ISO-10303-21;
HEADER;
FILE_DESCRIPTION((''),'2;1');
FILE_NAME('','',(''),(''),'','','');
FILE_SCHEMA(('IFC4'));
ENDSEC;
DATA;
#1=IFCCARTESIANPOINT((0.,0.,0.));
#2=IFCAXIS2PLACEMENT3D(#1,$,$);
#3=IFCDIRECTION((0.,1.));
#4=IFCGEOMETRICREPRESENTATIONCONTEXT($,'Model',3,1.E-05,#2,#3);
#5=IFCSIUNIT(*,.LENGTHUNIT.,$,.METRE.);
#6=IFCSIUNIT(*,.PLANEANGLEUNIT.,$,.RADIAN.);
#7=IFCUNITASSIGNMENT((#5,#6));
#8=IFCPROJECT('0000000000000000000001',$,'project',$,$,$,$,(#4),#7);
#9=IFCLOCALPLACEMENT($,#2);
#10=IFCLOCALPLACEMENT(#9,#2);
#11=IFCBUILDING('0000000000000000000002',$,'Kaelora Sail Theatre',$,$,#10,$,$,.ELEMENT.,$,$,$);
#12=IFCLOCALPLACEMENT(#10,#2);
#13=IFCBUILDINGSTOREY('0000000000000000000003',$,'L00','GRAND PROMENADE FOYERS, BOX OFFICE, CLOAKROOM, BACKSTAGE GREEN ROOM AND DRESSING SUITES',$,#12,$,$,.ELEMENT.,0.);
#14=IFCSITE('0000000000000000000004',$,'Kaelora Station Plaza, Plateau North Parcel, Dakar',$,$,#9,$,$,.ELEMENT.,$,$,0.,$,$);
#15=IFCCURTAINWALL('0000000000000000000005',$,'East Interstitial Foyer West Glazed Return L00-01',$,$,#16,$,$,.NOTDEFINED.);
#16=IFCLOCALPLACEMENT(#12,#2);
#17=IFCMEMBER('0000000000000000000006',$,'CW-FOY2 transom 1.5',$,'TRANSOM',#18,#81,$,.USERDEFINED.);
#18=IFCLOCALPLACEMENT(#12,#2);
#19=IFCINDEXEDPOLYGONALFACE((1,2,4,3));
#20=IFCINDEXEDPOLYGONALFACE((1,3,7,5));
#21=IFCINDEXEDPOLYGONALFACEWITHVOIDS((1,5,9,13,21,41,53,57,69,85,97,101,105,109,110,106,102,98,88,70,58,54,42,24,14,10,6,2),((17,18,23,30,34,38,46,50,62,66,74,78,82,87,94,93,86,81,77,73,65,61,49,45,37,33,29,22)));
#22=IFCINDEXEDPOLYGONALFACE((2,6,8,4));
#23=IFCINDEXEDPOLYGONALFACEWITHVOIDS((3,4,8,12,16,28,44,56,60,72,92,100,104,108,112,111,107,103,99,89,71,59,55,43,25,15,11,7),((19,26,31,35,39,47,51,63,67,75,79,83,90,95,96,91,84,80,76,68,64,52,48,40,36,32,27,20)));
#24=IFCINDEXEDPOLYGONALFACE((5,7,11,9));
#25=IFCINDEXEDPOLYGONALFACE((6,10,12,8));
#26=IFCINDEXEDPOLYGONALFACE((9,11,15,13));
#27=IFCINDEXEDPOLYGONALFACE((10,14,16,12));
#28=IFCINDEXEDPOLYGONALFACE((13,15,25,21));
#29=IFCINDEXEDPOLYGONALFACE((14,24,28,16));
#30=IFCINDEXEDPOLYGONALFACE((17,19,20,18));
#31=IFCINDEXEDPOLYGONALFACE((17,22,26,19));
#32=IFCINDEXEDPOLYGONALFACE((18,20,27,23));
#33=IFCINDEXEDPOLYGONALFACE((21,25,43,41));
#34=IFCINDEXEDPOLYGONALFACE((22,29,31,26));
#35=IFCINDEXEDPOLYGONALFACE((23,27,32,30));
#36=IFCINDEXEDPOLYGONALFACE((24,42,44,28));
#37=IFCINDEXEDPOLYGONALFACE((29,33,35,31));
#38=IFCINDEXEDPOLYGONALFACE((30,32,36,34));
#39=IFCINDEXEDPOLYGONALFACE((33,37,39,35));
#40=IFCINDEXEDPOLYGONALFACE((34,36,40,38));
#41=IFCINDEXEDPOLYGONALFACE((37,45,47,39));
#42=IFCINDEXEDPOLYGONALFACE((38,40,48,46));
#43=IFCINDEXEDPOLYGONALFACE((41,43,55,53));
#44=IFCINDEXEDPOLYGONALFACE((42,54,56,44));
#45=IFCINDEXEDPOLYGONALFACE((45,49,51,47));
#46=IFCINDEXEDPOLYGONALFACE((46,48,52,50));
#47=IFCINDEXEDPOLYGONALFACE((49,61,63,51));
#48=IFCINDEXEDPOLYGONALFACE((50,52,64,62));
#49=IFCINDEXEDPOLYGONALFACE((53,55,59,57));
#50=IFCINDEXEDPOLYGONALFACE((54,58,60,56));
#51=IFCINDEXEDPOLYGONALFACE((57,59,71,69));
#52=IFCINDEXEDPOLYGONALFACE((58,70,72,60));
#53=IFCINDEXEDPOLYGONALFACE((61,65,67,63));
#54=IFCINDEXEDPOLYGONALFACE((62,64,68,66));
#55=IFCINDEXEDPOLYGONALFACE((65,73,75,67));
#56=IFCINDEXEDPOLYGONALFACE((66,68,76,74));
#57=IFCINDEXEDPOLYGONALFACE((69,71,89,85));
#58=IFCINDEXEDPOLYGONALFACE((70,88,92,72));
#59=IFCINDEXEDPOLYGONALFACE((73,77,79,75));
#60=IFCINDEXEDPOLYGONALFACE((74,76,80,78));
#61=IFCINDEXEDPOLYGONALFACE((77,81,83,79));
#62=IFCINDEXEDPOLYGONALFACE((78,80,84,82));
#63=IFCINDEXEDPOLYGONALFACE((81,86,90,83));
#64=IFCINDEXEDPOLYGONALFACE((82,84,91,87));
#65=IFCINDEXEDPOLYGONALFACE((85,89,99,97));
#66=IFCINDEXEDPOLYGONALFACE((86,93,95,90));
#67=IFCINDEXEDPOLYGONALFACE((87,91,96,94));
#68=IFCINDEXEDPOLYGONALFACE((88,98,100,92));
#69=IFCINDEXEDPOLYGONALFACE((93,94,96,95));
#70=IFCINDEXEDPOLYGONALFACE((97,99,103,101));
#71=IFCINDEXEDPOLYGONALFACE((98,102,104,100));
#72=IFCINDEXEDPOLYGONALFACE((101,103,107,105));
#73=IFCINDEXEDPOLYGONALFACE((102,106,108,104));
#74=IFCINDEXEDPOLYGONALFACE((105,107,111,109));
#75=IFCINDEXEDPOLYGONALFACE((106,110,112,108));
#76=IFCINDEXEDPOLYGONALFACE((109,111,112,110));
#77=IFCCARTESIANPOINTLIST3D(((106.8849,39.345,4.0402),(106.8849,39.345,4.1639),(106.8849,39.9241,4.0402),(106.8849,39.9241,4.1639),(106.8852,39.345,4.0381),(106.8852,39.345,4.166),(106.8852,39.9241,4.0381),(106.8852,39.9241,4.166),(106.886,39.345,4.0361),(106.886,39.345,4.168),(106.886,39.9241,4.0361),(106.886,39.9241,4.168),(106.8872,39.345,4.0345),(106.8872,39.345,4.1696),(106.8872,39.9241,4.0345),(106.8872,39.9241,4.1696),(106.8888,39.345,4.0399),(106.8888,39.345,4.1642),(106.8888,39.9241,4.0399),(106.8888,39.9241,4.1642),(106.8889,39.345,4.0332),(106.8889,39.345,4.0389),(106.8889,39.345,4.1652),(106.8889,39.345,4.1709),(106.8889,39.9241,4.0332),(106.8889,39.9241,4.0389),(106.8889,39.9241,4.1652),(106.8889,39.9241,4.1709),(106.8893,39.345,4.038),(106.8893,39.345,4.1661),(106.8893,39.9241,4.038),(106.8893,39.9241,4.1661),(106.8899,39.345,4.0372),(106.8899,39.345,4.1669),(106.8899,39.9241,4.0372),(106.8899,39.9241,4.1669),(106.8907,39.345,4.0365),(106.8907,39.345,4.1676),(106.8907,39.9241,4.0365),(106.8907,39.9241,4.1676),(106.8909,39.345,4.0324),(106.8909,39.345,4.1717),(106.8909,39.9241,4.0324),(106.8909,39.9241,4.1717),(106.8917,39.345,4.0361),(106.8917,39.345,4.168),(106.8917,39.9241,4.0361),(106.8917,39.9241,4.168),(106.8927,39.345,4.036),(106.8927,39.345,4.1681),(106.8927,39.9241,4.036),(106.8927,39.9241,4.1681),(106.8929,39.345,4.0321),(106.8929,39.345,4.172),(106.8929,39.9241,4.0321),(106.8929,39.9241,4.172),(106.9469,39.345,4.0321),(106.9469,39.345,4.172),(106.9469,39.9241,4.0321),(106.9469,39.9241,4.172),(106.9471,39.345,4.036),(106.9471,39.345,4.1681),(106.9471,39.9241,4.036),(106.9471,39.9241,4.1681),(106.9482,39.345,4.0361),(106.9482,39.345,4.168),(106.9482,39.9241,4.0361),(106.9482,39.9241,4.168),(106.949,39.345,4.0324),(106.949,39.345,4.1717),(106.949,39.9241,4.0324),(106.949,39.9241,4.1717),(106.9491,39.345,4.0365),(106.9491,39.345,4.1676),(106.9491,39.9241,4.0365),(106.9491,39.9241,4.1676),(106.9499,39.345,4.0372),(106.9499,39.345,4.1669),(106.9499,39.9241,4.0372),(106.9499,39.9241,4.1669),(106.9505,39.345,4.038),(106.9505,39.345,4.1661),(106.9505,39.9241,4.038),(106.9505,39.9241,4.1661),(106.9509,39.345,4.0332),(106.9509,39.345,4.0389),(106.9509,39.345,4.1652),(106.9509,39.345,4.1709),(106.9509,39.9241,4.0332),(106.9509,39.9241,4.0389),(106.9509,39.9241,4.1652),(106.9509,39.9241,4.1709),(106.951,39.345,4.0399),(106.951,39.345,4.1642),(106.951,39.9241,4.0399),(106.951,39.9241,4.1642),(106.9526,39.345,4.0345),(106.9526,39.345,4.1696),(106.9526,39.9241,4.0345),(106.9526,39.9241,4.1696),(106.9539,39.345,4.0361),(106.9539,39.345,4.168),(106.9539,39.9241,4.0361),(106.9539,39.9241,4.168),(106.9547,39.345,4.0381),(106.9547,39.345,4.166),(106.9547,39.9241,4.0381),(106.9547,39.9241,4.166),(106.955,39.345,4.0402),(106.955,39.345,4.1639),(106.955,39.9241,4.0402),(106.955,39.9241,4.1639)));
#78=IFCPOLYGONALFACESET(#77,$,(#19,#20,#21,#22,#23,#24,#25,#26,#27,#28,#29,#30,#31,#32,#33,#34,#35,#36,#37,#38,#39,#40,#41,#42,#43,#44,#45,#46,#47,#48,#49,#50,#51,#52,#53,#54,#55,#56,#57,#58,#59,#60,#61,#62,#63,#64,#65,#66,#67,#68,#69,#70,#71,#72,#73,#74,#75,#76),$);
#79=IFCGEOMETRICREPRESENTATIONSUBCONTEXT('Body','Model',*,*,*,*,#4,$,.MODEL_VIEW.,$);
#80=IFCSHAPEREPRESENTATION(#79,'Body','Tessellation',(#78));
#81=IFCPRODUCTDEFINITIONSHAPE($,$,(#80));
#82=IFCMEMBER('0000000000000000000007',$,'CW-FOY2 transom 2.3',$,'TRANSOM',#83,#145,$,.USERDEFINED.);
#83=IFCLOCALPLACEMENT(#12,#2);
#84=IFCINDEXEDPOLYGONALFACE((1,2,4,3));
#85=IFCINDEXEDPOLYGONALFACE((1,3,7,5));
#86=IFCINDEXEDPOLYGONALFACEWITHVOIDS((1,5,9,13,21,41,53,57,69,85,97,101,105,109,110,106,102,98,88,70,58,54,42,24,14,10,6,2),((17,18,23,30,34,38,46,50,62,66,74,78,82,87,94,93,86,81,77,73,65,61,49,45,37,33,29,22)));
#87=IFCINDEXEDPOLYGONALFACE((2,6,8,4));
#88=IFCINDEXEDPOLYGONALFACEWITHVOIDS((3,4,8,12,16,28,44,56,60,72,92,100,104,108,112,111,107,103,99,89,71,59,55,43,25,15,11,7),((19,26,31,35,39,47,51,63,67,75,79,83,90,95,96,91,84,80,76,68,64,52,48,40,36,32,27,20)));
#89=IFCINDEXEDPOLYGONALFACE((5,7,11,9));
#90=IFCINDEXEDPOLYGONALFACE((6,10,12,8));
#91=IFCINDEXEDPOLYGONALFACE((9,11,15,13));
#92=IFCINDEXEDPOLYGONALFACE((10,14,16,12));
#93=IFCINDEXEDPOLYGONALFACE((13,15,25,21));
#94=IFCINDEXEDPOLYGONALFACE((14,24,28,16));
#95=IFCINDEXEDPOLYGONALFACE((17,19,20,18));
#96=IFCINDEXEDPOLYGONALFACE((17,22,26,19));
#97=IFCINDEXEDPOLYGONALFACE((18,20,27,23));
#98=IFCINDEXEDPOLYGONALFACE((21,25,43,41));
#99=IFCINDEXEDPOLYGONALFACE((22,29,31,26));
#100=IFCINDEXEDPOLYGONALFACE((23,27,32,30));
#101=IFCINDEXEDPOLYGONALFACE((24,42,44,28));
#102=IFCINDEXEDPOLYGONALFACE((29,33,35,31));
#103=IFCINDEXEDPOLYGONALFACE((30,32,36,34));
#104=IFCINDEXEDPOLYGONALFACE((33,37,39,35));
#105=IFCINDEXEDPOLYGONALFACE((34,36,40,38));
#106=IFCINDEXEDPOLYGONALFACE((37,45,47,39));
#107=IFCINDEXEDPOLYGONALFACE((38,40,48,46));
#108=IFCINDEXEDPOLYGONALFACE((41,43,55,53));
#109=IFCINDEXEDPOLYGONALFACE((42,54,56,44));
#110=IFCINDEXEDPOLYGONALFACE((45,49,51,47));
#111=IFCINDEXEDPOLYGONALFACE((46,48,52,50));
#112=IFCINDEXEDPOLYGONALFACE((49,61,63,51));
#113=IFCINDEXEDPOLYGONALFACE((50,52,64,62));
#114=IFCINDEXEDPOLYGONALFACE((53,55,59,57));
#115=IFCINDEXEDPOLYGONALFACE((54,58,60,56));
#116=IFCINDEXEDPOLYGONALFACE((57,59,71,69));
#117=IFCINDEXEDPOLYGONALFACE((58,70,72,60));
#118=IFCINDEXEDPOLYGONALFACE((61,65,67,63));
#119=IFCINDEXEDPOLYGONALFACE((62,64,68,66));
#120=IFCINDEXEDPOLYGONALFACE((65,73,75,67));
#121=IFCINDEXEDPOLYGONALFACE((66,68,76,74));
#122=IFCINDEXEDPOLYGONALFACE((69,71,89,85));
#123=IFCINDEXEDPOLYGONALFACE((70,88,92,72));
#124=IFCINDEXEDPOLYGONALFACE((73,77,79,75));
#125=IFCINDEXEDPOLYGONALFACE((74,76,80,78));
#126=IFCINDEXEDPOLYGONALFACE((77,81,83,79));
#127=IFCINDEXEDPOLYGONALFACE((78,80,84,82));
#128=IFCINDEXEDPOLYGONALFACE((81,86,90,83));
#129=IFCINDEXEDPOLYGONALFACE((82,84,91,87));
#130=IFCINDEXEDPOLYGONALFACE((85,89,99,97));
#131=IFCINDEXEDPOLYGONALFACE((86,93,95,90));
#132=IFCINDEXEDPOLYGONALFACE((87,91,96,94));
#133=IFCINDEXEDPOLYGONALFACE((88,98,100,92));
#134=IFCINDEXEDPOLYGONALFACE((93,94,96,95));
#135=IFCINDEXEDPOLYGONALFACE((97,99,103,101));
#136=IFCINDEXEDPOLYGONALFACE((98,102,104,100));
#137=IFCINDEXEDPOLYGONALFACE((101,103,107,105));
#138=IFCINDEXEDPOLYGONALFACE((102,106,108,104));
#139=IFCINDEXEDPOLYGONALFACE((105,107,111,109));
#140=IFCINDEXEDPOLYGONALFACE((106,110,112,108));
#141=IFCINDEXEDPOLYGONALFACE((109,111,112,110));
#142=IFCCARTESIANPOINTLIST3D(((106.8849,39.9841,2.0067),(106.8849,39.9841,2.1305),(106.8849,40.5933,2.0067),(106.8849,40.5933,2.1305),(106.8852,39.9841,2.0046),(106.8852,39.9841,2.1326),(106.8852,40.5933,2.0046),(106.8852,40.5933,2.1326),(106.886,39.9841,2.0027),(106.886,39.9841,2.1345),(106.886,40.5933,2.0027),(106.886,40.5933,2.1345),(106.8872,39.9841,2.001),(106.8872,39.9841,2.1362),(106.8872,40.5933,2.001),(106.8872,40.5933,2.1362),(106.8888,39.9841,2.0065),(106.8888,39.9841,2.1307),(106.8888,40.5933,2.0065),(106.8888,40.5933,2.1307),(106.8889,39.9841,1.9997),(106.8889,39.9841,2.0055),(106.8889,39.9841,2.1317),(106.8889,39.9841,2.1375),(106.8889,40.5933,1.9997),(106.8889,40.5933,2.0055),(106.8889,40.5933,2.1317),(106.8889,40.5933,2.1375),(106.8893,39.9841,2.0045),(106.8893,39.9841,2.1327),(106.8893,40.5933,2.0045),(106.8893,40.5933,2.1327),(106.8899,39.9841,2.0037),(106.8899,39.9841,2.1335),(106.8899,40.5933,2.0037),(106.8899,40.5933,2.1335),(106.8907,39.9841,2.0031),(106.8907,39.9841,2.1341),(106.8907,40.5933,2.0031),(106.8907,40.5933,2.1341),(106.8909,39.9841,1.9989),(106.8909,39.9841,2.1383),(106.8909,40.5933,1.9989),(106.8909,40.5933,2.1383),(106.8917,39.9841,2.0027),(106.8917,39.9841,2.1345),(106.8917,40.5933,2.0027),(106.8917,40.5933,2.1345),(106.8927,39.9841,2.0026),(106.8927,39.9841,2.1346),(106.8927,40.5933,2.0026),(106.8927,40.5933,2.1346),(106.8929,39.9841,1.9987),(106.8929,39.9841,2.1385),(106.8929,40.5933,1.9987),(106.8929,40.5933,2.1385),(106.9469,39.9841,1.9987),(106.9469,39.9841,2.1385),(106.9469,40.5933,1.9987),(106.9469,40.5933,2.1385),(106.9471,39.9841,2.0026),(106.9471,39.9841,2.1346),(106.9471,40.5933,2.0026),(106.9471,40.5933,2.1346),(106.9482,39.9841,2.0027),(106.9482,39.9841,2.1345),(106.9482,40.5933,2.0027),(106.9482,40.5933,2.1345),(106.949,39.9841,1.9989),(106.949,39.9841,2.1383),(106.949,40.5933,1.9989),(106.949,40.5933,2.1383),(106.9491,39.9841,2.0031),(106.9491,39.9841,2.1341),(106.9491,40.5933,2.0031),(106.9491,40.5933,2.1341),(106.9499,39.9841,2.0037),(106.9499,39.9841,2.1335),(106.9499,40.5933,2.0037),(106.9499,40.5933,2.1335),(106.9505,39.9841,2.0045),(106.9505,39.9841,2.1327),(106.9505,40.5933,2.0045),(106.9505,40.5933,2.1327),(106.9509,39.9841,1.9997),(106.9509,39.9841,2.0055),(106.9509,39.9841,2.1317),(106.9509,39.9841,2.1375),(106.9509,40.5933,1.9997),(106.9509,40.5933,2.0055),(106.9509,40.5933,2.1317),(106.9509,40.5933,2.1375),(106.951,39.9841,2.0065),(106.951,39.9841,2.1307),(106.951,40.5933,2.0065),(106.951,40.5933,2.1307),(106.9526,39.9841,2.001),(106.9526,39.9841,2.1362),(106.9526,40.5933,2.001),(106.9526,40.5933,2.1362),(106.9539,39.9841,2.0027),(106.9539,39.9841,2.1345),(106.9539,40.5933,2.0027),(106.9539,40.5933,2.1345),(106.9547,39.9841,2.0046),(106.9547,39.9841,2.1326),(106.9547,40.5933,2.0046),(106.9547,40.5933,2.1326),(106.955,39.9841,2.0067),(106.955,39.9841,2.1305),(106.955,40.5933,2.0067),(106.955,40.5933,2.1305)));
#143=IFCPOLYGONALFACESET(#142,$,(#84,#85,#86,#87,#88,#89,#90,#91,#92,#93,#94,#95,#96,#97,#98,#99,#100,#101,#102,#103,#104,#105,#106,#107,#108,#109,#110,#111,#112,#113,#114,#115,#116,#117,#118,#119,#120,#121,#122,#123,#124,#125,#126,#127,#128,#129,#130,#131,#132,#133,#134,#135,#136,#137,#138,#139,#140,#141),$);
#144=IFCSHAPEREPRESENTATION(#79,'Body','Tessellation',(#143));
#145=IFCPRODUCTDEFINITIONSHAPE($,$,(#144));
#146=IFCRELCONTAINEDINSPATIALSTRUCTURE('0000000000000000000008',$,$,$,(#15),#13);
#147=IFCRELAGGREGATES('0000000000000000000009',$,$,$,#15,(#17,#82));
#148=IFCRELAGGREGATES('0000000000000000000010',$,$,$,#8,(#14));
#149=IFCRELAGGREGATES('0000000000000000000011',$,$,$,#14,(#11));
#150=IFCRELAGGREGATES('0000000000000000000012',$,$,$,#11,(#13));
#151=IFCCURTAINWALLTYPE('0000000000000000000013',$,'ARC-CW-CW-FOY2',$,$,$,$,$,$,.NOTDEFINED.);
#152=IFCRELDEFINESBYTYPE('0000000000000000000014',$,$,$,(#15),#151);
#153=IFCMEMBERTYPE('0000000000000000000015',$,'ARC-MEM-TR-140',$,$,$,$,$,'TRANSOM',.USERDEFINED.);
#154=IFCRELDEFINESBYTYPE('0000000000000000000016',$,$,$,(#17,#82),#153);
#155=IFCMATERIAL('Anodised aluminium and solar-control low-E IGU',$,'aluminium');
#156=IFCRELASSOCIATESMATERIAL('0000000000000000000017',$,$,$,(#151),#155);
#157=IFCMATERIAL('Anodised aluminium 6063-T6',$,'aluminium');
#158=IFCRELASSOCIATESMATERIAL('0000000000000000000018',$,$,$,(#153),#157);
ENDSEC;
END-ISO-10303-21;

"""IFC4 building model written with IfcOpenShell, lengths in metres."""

from ifc_helpers import new_model, si_unit, direction, frame, origin, origin_2d, place, context, subcontext, project, spatial, hollow_rectangle, extrude, material, material_profile, profile_set, type_object, element, aggregate, save


model = new_model("IFC4")

# Units and contexts
model_context = context("Model", 3, precision=1e-05, world=origin(), true_north=direction((0.0, 1.0)))
body_context = subcontext(model_context, "Body", "Model", "MODEL_VIEW")
ifc_project = project(units=[si_unit("LENGTHUNIT", "METRE"), si_unit("PLANEANGLEUNIT", "RADIAN")], contexts=[model_context])

# Site, building, storey
site_placement = place(None, origin())
site = spatial("IfcSite", under=ifc_project, at=site_placement, Name="Kaelora Station Plaza, Plateau North Parcel, Dakar", CompositionType="ELEMENT", RefElevation=0.0)
building_placement = place(site_placement, origin())
building = spatial("IfcBuilding", under=site, at=building_placement, Name="Kaelora Sail Theatre", CompositionType="ELEMENT")
storey_placement = place(building_placement, origin())
storey = spatial("IfcBuildingStorey", under=building, at=storey_placement, Name="L00", Description="GRAND PROMENADE FOYERS, BOX OFFICE, CLOAKROOM, BACKSTAGE GREEN ROOM AND DRESSING SUITES", CompositionType="ELEMENT", Elevation=0.0)

# Curtain wall, members
ifc_material_1 = material(Name="Anodised aluminium and solar-control low-E IGU", Category="aluminium")
curtain_wall_type = type_object("IfcCurtainWallType", Name="ARC-CW-CW-FOY2", PredefinedType="NOTDEFINED", material=ifc_material_1)
curtain_wall_placement = place(storey_placement, origin())
curtain_wall = element("IfcCurtainWall", 1, at=curtain_wall_placement, inside=storey, type_object=curtain_wall_type, Name="East Interstitial Foyer West Glazed Return L00-01", PredefinedType="NOTDEFINED")
ifc_material_2 = material(Name="Anodised aluminium 6063-T6", Category="aluminium")
ifc_material_profile = material_profile(ifc_material_2, hollow_rectangle(XDim=0.0701, YDim=0.1399, WallThickness=0.0039, InnerFilletRadius=0.0039, OuterFilletRadius=0.0081, at=origin_2d()), Name="ALU-TRAN 70x140x4")
ifc_profile_set = profile_set([ifc_material_profile], Name="Anodised aluminium 6063-T6")
member_type = type_object("IfcMemberType", Name="ARC-MEM-TR-140", ElementType="TRANSOM", PredefinedType="USERDEFINED", material=ifc_profile_set)
member_1_placement = place(storey_placement, frame((106.9199, 39.345, 4.1021), z_axis=(0.0, 1.0, 0.0), x_axis=(-1.0, 0.0, 0.0)))
member_1 = element("IfcMember", 2, at=member_1_placement, type_object=member_type, Name="CW-FOY2 transom 1.5", ObjectType="TRANSOM", PredefinedType="USERDEFINED", context=body_context, shape_type="SweptSolid", body=[
    extrude(hollow_rectangle(XDim=0.0701, YDim=0.1399, WallThickness=0.0039, InnerFilletRadius=0.0039, OuterFilletRadius=0.0081, at=origin_2d()), origin(), (0.0, 0.0, 1.0), 0.5791),
])
member_2_placement = place(storey_placement, frame((106.9199, 39.9841, 2.0686), z_axis=(0.0, 1.0, 0.0), x_axis=(-1.0, 0.0, 0.0)))
member_2 = element("IfcMember", 3, at=member_2_placement, type_object=member_type, Name="CW-FOY2 transom 2.3", ObjectType="TRANSOM", PredefinedType="USERDEFINED", context=body_context, shape_type="SweptSolid", body=[
    extrude(hollow_rectangle(XDim=0.0701, YDim=0.1399, WallThickness=0.0039, InnerFilletRadius=0.0039, OuterFilletRadius=0.0081, at=origin_2d()), origin(), (0.0, 0.0, 1.0), 0.6091),
])
aggregate(curtain_wall, [member_1, member_2])

save(model, "model.ifc")
